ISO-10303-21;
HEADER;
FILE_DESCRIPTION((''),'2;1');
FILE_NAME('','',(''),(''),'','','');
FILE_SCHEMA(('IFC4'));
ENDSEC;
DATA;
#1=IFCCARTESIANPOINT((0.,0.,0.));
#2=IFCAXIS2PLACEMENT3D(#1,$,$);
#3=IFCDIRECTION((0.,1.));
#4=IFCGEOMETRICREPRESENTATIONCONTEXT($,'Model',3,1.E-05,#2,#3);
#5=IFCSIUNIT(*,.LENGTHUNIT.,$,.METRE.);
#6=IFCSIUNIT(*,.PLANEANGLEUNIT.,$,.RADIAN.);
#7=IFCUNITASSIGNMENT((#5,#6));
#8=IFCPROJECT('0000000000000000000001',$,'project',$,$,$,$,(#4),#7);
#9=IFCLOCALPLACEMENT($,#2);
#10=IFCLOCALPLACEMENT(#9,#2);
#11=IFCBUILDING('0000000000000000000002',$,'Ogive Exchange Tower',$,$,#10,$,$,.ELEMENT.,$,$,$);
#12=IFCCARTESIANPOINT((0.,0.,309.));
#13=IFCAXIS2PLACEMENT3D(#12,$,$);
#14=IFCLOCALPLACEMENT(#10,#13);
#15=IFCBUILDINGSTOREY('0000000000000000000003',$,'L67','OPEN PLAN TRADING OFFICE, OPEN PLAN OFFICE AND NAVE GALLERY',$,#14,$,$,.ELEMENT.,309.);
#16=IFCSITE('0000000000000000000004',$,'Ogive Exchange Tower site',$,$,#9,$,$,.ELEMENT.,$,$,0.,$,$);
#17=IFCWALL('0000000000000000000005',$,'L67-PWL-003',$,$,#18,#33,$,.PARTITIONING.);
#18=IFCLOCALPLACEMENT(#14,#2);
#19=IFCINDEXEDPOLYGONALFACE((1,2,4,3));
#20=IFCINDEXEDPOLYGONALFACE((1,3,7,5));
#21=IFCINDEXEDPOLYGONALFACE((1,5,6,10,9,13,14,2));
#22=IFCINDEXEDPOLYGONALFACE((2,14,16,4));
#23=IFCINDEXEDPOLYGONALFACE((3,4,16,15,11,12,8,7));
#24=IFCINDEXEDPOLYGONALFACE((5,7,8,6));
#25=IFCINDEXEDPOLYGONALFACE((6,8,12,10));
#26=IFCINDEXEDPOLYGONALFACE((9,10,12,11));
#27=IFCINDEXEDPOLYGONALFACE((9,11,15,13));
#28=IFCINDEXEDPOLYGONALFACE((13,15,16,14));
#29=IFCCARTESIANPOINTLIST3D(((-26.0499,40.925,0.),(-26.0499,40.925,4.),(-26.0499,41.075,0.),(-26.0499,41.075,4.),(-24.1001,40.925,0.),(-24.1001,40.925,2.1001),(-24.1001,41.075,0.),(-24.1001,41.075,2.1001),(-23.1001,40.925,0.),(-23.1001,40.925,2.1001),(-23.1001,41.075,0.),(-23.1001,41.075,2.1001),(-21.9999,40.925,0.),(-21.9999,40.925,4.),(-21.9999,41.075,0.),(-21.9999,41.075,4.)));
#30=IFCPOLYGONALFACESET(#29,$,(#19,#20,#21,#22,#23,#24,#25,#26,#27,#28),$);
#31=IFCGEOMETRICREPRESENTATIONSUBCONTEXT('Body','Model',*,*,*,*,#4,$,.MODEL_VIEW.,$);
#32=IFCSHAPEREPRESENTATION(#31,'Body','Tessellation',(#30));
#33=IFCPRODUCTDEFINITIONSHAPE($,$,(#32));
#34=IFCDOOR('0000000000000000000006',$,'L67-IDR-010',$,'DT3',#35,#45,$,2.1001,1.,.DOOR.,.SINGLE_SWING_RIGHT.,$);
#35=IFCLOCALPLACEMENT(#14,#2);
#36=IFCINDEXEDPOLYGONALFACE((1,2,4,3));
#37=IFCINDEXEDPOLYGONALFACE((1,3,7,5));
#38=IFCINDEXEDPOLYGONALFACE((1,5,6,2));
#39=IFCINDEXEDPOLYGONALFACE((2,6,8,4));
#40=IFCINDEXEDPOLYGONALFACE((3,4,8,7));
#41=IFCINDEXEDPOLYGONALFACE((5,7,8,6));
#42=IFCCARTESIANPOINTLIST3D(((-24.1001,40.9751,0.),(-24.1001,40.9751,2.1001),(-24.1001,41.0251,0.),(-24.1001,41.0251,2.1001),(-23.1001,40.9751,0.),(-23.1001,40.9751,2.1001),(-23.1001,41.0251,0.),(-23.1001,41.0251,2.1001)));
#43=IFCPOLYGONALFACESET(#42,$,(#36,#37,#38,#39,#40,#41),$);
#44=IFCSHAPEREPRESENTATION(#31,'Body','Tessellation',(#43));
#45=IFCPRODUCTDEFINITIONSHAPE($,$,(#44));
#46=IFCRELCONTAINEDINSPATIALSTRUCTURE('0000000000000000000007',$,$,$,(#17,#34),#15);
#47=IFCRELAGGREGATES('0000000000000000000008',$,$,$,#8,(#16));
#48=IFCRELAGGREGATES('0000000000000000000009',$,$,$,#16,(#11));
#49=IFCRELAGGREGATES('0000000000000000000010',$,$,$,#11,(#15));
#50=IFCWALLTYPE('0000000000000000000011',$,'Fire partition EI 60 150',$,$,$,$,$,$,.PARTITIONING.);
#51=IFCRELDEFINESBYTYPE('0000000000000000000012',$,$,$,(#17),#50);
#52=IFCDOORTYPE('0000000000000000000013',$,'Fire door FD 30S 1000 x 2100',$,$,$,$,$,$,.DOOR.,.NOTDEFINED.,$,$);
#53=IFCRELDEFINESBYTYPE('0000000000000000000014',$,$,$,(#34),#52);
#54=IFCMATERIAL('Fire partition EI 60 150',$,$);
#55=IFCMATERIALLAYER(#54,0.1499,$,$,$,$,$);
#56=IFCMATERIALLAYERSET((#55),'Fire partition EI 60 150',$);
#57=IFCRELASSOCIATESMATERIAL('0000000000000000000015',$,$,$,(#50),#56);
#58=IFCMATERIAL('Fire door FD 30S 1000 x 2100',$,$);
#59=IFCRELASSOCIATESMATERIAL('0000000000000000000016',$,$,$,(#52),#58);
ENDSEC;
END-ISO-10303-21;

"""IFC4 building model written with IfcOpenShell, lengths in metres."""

from ifc_helpers import new_model, si_unit, direction, frame, frame_2d, origin, place, context, subcontext, project, spatial, rectangle, extrude, material, layer, layer_set, type_object, element, fill, save


model = new_model("IFC4")

# Units and contexts
model_context = context("Model", 3, precision=1e-05, world=origin(), true_north=direction((0.0, 1.0)))
body_context = subcontext(model_context, "Body", "Model", "MODEL_VIEW")
ifc_project = project(units=[si_unit("LENGTHUNIT", "METRE"), si_unit("PLANEANGLEUNIT", "RADIAN")], contexts=[model_context])

# Site, building, storey
site_placement = place(None, origin())
site = spatial("IfcSite", under=ifc_project, at=site_placement, Name="Ogive Exchange Tower site", CompositionType="ELEMENT", RefElevation=0.0)
building_placement = place(site_placement, origin())
building = spatial("IfcBuilding", under=site, at=building_placement, Name="Ogive Exchange Tower", CompositionType="ELEMENT")
storey_placement = place(building_placement, frame((0.0, 0.0, 309.0)))
storey = spatial("IfcBuildingStorey", under=building, at=storey_placement, Name="L67", Description="OPEN PLAN TRADING OFFICE, OPEN PLAN OFFICE AND NAVE GALLERY", CompositionType="ELEMENT", Elevation=309.0)

# Wall, opening, door
ifc_material_1 = material(Name="Fire partition EI 60 150")
ifc_layer_1 = layer(ifc_material_1, 0.1499)
ifc_layer_set_1 = layer_set([ifc_layer_1], Name="Fire partition EI 60 150")
wall_type_1 = type_object("IfcWallType", Name="Fire partition EI 60 150", PredefinedType="PARTITIONING", material=ifc_layer_set_1)
ifc_material_2 = material(Name="Fire door FD 30S 1000 x 2100")
door_type_1 = type_object("IfcDoorType", Name="Fire door FD 30S 1000 x 2100", OperationType="NOTDEFINED", PredefinedType="DOOR", material=ifc_material_2)
wall_1_placement = place(storey_placement, frame((-22.0, 41.0, 0.0), z_axis=(0.0, 0.0, 1.0), x_axis=(-1.0, 0.0, 0.0)))
wall_1 = element("IfcWall", 1, at=wall_1_placement, inside=storey, type_object=wall_type_1, Name="L67-PWL-003", PredefinedType="PARTITIONING", context=body_context, shape_type="SweptSolid", body=[
    extrude(rectangle(XDim=4.05, YDim=0.1499, at=frame_2d((2.0249, 0.0))), origin(), (0.0, 0.0, 1.0), 4.0),
])
opening_1_placement = place(wall_1_placement, frame((1.1001, 0.0, 0.0)))
opening_1 = element("IfcOpeningElement", 2, at=opening_1_placement, cuts=wall_1, PredefinedType="OPENING", context=body_context, shape_type="SweptSolid", body=[
    extrude(rectangle(XDim=1.0, YDim=2.1001, at=frame_2d((0.5, 1.05))), frame((0.0, 0.085, 0.0), z_axis=(0.0, -1.0, 0.0), x_axis=(1.0, 0.0, 0.0)), (0.0, 0.0, 1.0), 0.1699),
])
door_1_placement = place(opening_1_placement, origin())
door_1 = element("IfcDoor", 3, at=door_1_placement, inside=storey, type_object=door_type_1, Name="L67-IDR-010", ObjectType="DT3", OperationType="SINGLE_SWING_RIGHT", OverallHeight=2.1001, OverallWidth=1.0, PredefinedType="DOOR", context=body_context, shape_type="SweptSolid", body=[
    extrude(rectangle(XDim=1.0, YDim=2.1001, at=frame_2d((0.5, 1.05))), frame((0.0, 0.0249, 0.0), z_axis=(0.0, -1.0, 0.0), x_axis=(1.0, 0.0, 0.0)), (0.0, 0.0, 1.0), 0.05),
])
fill(opening_1, door_1)

save(model, "model.ifc")
